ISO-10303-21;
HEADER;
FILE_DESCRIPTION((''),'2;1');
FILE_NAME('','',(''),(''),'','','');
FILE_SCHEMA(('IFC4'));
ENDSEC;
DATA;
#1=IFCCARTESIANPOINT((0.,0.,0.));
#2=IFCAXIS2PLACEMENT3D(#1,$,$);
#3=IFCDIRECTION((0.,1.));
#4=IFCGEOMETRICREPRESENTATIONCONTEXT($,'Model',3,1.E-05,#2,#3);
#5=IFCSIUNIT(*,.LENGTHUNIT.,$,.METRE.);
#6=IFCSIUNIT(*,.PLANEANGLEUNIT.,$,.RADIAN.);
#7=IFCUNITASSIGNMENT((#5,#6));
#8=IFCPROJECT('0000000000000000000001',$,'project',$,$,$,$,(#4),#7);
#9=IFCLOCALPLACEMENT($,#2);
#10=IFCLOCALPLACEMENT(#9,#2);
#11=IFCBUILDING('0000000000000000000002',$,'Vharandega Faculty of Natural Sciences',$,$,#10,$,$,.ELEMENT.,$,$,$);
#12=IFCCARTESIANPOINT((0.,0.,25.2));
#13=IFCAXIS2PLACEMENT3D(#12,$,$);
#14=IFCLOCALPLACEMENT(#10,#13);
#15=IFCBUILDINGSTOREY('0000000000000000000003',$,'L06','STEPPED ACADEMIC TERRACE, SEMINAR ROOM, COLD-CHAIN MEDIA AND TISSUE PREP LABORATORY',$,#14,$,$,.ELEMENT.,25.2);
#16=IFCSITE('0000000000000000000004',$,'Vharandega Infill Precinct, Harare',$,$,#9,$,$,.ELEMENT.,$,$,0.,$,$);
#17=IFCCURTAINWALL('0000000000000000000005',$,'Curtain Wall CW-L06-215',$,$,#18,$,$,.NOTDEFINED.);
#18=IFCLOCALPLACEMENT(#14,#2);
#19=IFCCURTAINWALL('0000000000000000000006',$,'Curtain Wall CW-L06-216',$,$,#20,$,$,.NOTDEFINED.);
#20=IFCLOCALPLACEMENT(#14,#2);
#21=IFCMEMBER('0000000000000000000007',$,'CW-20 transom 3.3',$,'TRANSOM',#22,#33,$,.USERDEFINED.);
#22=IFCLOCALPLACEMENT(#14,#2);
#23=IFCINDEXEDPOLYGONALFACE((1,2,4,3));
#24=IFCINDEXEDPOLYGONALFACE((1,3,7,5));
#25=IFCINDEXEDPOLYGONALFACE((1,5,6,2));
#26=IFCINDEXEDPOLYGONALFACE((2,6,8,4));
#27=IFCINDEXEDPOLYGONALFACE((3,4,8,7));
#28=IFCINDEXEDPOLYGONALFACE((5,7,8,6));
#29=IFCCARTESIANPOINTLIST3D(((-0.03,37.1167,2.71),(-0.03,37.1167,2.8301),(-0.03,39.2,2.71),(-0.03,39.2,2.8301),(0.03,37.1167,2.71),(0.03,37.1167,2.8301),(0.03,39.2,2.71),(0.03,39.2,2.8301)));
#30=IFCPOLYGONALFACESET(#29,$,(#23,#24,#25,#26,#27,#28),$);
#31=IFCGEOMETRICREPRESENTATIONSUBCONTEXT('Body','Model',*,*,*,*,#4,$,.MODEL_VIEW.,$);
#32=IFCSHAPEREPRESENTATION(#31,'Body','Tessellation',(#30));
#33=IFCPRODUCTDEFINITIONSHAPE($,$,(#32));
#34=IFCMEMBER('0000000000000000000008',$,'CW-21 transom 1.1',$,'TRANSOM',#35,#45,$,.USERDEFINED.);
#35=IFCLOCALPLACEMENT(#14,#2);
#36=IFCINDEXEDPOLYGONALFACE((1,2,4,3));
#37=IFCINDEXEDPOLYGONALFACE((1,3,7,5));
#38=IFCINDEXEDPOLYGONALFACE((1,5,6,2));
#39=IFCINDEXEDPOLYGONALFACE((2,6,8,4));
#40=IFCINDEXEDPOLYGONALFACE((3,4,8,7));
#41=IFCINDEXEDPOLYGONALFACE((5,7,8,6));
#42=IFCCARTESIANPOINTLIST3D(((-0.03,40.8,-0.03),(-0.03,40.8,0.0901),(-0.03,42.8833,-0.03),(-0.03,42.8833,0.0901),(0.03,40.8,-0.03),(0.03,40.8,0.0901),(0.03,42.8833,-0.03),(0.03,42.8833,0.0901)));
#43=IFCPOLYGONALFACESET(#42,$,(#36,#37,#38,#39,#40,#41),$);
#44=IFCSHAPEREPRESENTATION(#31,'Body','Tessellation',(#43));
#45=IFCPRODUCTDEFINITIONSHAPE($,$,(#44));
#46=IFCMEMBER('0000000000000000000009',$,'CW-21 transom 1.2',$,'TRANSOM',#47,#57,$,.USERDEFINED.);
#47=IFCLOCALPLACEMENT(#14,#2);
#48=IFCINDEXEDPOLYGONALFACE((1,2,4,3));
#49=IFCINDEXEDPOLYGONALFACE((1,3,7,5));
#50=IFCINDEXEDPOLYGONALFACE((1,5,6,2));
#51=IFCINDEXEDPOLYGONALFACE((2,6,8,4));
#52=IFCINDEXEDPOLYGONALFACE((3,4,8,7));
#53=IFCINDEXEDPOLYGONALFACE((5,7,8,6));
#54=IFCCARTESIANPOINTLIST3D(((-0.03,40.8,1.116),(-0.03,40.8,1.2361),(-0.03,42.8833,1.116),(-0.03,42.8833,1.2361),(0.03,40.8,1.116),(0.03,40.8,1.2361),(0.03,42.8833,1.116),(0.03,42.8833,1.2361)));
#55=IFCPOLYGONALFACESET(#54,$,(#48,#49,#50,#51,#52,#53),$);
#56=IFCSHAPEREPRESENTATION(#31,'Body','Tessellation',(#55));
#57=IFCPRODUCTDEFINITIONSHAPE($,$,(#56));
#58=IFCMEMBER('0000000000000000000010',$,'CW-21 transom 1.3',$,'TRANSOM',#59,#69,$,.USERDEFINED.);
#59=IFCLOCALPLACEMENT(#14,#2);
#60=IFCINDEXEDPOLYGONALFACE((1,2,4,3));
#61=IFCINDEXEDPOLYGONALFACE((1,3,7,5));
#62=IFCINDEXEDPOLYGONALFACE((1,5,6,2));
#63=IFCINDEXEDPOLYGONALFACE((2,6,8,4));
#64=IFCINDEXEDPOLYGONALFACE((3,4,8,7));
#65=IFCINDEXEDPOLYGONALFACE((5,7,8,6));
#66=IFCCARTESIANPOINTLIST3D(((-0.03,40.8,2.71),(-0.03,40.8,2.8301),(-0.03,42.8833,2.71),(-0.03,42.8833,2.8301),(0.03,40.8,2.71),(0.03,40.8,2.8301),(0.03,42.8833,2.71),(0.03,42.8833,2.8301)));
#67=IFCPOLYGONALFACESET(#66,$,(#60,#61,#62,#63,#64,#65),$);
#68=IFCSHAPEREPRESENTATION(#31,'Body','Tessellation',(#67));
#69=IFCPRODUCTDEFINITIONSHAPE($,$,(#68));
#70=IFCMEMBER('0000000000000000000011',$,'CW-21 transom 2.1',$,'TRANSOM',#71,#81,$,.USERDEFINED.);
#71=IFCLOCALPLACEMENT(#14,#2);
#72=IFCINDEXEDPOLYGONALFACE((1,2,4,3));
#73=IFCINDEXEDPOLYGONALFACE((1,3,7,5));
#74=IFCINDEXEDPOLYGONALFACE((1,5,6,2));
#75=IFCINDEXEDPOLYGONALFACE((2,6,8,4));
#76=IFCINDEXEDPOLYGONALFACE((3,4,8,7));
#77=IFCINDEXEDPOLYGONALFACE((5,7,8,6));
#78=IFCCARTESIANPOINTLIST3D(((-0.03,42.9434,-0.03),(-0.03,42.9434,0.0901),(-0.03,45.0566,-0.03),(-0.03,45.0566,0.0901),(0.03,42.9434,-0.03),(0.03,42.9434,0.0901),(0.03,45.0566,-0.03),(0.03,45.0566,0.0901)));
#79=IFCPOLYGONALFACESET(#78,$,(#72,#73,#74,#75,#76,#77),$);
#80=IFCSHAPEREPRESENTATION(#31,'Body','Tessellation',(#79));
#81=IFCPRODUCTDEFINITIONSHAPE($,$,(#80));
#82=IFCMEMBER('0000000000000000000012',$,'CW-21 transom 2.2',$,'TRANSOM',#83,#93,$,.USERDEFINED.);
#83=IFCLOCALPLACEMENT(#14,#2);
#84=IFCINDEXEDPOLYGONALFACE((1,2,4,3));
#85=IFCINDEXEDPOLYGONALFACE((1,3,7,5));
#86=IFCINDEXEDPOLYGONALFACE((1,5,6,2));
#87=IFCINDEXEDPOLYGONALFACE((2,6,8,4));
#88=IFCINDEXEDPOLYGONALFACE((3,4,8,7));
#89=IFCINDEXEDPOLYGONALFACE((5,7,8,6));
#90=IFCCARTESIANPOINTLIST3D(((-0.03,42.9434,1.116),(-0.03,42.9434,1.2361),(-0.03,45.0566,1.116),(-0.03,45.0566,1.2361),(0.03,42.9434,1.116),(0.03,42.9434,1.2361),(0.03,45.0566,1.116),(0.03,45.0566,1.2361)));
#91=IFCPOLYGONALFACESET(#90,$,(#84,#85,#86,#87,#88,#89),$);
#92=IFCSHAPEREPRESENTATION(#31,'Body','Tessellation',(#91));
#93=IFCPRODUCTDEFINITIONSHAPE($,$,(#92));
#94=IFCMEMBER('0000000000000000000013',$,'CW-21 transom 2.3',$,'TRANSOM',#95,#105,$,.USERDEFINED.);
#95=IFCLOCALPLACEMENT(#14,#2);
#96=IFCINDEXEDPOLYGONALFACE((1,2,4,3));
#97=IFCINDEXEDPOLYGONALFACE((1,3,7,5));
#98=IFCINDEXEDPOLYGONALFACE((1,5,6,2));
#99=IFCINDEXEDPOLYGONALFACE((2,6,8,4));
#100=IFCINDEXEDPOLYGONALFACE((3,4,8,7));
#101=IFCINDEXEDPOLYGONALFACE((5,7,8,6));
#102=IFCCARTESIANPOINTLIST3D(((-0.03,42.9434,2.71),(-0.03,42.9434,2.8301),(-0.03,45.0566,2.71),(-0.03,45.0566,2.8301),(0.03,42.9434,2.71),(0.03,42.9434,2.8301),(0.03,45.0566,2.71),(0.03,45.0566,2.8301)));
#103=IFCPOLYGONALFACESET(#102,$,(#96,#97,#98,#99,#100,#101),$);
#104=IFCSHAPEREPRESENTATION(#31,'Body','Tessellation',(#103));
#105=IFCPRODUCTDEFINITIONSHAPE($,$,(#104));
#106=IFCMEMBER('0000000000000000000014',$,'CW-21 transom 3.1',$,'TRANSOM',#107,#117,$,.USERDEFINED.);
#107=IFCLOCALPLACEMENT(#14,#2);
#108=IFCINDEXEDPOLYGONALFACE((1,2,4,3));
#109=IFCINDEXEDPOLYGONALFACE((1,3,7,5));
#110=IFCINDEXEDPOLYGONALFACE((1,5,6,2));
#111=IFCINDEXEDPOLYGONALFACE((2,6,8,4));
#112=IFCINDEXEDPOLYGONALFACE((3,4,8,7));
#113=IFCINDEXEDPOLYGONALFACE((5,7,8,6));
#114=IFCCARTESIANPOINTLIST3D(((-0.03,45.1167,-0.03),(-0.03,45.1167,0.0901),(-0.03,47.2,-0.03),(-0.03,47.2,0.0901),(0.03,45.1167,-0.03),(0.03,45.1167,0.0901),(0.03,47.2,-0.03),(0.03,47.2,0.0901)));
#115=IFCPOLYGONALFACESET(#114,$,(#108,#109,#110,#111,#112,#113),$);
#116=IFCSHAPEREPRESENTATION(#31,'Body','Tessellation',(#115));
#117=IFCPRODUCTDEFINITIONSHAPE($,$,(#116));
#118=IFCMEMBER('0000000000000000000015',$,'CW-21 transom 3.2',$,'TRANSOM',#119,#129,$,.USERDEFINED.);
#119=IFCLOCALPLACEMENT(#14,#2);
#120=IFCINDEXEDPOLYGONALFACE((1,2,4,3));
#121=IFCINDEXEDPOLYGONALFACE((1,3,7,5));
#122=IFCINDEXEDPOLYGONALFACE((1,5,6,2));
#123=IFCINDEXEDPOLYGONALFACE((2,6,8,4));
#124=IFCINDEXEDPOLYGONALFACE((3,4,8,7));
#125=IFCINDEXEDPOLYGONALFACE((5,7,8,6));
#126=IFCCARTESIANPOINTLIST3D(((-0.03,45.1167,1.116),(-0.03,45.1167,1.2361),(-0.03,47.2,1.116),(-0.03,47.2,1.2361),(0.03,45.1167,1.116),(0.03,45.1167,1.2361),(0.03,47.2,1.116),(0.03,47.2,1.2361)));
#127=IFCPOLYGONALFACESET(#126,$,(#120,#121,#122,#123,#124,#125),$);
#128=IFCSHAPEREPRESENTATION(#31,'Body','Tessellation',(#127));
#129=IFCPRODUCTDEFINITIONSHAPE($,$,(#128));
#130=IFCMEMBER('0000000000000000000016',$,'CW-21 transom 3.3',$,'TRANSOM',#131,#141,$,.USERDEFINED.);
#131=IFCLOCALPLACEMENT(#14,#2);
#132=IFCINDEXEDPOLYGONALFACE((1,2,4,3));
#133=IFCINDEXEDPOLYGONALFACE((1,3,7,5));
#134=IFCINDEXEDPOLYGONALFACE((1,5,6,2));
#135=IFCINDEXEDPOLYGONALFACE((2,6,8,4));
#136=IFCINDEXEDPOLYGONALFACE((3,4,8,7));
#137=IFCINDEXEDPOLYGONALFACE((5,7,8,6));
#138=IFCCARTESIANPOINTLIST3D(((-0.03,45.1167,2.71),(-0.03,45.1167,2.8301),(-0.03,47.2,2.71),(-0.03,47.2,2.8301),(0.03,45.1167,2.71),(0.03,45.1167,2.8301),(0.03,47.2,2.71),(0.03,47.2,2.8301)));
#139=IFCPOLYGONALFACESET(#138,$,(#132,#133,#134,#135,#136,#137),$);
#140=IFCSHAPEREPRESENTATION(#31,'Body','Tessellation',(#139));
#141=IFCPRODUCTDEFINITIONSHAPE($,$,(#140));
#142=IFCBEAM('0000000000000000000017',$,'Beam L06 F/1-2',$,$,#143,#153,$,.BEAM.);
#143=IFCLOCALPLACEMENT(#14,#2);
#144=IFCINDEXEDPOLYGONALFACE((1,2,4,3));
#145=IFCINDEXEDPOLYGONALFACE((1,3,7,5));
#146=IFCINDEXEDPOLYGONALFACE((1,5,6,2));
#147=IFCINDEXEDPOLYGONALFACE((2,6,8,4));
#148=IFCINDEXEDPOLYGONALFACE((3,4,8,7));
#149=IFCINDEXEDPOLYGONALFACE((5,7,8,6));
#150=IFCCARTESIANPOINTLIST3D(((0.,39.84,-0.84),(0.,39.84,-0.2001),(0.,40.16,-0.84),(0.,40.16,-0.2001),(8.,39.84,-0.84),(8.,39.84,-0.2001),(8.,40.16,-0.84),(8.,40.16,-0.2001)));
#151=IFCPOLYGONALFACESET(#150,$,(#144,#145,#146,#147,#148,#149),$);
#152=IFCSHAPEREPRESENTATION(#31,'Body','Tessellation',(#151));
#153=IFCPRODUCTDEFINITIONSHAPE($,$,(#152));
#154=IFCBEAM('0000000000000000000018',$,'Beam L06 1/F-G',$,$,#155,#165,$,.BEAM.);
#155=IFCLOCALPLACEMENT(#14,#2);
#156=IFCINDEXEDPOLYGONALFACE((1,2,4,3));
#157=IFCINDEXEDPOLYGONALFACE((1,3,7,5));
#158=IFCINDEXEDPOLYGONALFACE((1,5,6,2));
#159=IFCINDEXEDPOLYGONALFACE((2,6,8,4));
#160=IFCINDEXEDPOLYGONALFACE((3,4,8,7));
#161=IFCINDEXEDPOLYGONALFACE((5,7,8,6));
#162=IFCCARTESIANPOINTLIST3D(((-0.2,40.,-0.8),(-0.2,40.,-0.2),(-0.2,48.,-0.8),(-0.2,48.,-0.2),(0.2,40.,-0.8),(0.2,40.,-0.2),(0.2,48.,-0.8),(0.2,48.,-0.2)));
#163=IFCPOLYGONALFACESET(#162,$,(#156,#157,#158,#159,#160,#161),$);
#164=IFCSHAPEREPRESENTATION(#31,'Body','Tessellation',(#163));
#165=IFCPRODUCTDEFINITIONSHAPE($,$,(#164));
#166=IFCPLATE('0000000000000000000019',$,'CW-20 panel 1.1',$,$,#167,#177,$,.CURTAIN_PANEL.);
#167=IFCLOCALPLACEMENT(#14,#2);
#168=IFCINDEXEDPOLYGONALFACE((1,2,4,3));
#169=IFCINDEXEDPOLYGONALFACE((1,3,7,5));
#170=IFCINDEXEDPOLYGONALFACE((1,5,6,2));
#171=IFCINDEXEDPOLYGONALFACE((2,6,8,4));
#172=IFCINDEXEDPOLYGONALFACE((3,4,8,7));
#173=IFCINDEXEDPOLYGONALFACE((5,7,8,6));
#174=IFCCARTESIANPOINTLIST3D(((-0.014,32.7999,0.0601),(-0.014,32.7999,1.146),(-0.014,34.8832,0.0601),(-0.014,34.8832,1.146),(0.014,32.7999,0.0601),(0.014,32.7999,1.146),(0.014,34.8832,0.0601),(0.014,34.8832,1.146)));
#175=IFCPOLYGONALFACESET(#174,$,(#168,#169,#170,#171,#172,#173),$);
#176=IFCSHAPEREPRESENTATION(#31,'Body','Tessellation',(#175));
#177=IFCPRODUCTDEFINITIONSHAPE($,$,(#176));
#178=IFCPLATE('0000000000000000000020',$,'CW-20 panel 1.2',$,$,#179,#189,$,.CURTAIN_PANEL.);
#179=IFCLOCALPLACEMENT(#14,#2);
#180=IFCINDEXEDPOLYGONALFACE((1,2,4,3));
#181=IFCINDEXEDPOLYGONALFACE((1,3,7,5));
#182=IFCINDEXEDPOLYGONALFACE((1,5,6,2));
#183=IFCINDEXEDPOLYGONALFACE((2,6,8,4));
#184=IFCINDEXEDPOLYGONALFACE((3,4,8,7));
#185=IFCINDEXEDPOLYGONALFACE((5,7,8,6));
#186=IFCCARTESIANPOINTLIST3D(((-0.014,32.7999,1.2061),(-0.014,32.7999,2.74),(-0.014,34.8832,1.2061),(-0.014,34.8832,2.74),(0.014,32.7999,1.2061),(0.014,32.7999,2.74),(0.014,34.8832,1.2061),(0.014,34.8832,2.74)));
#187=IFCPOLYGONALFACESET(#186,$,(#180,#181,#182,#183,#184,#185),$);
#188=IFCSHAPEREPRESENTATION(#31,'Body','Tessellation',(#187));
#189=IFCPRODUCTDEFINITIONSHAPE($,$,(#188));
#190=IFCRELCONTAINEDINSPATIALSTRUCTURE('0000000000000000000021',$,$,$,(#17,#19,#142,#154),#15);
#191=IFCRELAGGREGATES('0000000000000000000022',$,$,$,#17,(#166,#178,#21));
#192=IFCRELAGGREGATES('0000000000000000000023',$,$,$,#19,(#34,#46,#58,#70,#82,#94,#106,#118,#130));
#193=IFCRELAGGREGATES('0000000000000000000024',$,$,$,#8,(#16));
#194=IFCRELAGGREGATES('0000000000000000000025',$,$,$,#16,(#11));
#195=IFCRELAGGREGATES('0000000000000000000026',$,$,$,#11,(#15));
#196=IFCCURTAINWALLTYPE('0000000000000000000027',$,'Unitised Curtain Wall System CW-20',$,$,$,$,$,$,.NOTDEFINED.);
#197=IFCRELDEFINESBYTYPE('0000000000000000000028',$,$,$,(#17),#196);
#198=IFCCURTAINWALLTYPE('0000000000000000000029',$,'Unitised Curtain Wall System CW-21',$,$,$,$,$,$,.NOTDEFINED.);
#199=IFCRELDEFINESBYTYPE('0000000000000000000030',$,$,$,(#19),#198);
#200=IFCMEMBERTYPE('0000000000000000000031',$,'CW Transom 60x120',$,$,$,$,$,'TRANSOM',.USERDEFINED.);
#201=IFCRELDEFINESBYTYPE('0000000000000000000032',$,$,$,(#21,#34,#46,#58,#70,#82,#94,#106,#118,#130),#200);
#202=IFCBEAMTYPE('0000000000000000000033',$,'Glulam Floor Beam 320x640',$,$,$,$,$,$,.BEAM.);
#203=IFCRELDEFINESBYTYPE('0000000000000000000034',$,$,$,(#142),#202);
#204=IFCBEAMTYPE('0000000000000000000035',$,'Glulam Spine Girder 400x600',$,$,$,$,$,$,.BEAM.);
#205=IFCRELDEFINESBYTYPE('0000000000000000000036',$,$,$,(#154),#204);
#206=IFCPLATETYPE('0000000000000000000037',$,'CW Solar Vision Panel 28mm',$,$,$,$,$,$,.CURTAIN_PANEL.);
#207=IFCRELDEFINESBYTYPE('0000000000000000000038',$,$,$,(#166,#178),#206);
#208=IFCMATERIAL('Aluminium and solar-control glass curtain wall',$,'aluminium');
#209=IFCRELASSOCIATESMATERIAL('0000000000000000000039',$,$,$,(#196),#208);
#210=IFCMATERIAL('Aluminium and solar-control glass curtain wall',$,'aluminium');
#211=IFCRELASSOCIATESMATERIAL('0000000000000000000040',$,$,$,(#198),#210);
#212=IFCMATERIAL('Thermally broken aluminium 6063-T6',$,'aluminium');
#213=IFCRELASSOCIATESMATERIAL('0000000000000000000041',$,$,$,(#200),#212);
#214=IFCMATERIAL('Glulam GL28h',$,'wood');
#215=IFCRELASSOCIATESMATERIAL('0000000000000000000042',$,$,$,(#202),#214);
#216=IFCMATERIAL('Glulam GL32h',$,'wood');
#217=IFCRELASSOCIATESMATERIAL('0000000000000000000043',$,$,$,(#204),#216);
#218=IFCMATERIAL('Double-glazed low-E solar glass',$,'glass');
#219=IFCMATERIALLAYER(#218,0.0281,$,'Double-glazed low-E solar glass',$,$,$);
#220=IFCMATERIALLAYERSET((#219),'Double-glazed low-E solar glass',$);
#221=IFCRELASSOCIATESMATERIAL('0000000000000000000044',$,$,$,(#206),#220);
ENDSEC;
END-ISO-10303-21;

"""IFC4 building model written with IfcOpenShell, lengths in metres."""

from ifc_helpers import new_model, si_unit, direction, frame, origin, origin_2d, place, context, subcontext, project, spatial, rectangle, extrude, material, layer, layer_set, material_profile, profile_set, type_object, element, aggregate, save


model = new_model("IFC4")

# Units and contexts
model_context = context("Model", 3, precision=1e-05, world=origin(), true_north=direction((0.0, 1.0)))
body_context = subcontext(model_context, "Body", "Model", "MODEL_VIEW")
ifc_project = project(units=[si_unit("LENGTHUNIT", "METRE"), si_unit("PLANEANGLEUNIT", "RADIAN")], contexts=[model_context])

# Site, building, storey
site_placement = place(None, origin())
site = spatial("IfcSite", under=ifc_project, at=site_placement, Name="Vharandega Infill Precinct, Harare", CompositionType="ELEMENT", RefElevation=0.0)
building_placement = place(site_placement, origin())
building = spatial("IfcBuilding", under=site, at=building_placement, Name="Vharandega Faculty of Natural Sciences", CompositionType="ELEMENT")
storey_placement = place(building_placement, frame((0.0, 0.0, 25.2)))
storey = spatial("IfcBuildingStorey", under=building, at=storey_placement, Name="L06", Description="STEPPED ACADEMIC TERRACE, SEMINAR ROOM, COLD-CHAIN MEDIA AND TISSUE PREP LABORATORY", CompositionType="ELEMENT", Elevation=25.2)

# Curtain walls
ifc_material_1 = material(Name="Aluminium and solar-control glass curtain wall", Category="aluminium")
curtain_wall_type_1 = type_object("IfcCurtainWallType", Name="Unitised Curtain Wall System CW-20", PredefinedType="NOTDEFINED", material=ifc_material_1)
curtain_wall_1_placement = place(storey_placement, origin())
curtain_wall_1 = element("IfcCurtainWall", 1, at=curtain_wall_1_placement, inside=storey, type_object=curtain_wall_type_1, Name="Curtain Wall CW-L06-215", PredefinedType="NOTDEFINED")
ifc_material_2 = material(Name="Aluminium and solar-control glass curtain wall", Category="aluminium")
curtain_wall_type_2 = type_object("IfcCurtainWallType", Name="Unitised Curtain Wall System CW-21", PredefinedType="NOTDEFINED", material=ifc_material_2)
curtain_wall_2_placement = place(storey_placement, origin())
curtain_wall_2 = element("IfcCurtainWall", 2, at=curtain_wall_2_placement, inside=storey, type_object=curtain_wall_type_2, Name="Curtain Wall CW-L06-216", PredefinedType="NOTDEFINED")

# Members
ifc_material_3 = material(Name="Thermally broken aluminium 6063-T6", Category="aluminium")
ifc_material_profile_1 = material_profile(ifc_material_3, rectangle(XDim=0.0601, YDim=0.1201, at=origin_2d()), Name="ALU 60x120")
ifc_profile_set_1 = profile_set([ifc_material_profile_1], Name="Thermally broken aluminium 6063-T6")
member_type_1 = type_object("IfcMemberType", Name="CW Transom 60x120", ElementType="TRANSOM", PredefinedType="USERDEFINED", material=ifc_profile_set_1)
member_1_placement = place(storey_placement, frame((0.0, 37.1167, 2.77), z_axis=(0.0, 1.0, 0.0), x_axis=(-1.0, 0.0, 0.0)))
member_1 = element("IfcMember", 3, at=member_1_placement, type_object=member_type_1, Name="CW-20 transom 3.3", ObjectType="TRANSOM", PredefinedType="USERDEFINED", context=body_context, shape_type="SweptSolid", body=[
    extrude(rectangle(XDim=0.0601, YDim=0.1201, at=origin_2d()), origin(), (0.0, 0.0, 1.0), 2.0833),
])
member_2_placement = place(storey_placement, frame((0.0, 40.8, 0.03), z_axis=(0.0, 1.0, 0.0), x_axis=(-1.0, 0.0, 0.0)))
member_2 = element("IfcMember", 4, at=member_2_placement, type_object=member_type_1, Name="CW-21 transom 1.1", ObjectType="TRANSOM", PredefinedType="USERDEFINED", context=body_context, shape_type="SweptSolid", body=[
    extrude(rectangle(XDim=0.0601, YDim=0.1201, at=origin_2d()), origin(), (0.0, 0.0, 1.0), 2.0833),
])
member_3_placement = place(storey_placement, frame((0.0, 40.8, 1.176), z_axis=(0.0, 1.0, 0.0), x_axis=(-1.0, 0.0, 0.0)))
member_3 = element("IfcMember", 5, at=member_3_placement, type_object=member_type_1, Name="CW-21 transom 1.2", ObjectType="TRANSOM", PredefinedType="USERDEFINED", context=body_context, shape_type="SweptSolid", body=[
    extrude(rectangle(XDim=0.0601, YDim=0.1201, at=origin_2d()), origin(), (0.0, 0.0, 1.0), 2.0833),
])
member_4_placement = place(storey_placement, frame((0.0, 40.8, 2.77), z_axis=(0.0, 1.0, 0.0), x_axis=(-1.0, 0.0, 0.0)))
member_4 = element("IfcMember", 6, at=member_4_placement, type_object=member_type_1, Name="CW-21 transom 1.3", ObjectType="TRANSOM", PredefinedType="USERDEFINED", context=body_context, shape_type="SweptSolid", body=[
    extrude(rectangle(XDim=0.0601, YDim=0.1201, at=origin_2d()), origin(), (0.0, 0.0, 1.0), 2.0833),
])
member_5_placement = place(storey_placement, frame((0.0, 42.9434, 0.03), z_axis=(0.0, 1.0, 0.0), x_axis=(-1.0, 0.0, 0.0)))
member_5 = element("IfcMember", 7, at=member_5_placement, type_object=member_type_1, Name="CW-21 transom 2.1", ObjectType="TRANSOM", PredefinedType="USERDEFINED", context=body_context, shape_type="SweptSolid", body=[
    extrude(rectangle(XDim=0.0601, YDim=0.1201, at=origin_2d()), origin(), (0.0, 0.0, 1.0), 2.1133),
])
member_6_placement = place(storey_placement, frame((0.0, 42.9434, 1.176), z_axis=(0.0, 1.0, 0.0), x_axis=(-1.0, 0.0, 0.0)))
member_6 = element("IfcMember", 8, at=member_6_placement, type_object=member_type_1, Name="CW-21 transom 2.2", ObjectType="TRANSOM", PredefinedType="USERDEFINED", context=body_context, shape_type="SweptSolid", body=[
    extrude(rectangle(XDim=0.0601, YDim=0.1201, at=origin_2d()), origin(), (0.0, 0.0, 1.0), 2.1133),
])
member_7_placement = place(storey_placement, frame((0.0, 42.9434, 2.77), z_axis=(0.0, 1.0, 0.0), x_axis=(-1.0, 0.0, 0.0)))
member_7 = element("IfcMember", 9, at=member_7_placement, type_object=member_type_1, Name="CW-21 transom 2.3", ObjectType="TRANSOM", PredefinedType="USERDEFINED", context=body_context, shape_type="SweptSolid", body=[
    extrude(rectangle(XDim=0.0601, YDim=0.1201, at=origin_2d()), origin(), (0.0, 0.0, 1.0), 2.1133),
])
member_8_placement = place(storey_placement, frame((0.0, 45.1167, 0.03), z_axis=(0.0, 1.0, 0.0), x_axis=(-1.0, 0.0, 0.0)))
member_8 = element("IfcMember", 10, at=member_8_placement, type_object=member_type_1, Name="CW-21 transom 3.1", ObjectType="TRANSOM", PredefinedType="USERDEFINED", context=body_context, shape_type="SweptSolid", body=[
    extrude(rectangle(XDim=0.0601, YDim=0.1201, at=origin_2d()), origin(), (0.0, 0.0, 1.0), 2.0833),
])
member_9_placement = place(storey_placement, frame((0.0, 45.1167, 1.176), z_axis=(0.0, 1.0, 0.0), x_axis=(-1.0, 0.0, 0.0)))
member_9 = element("IfcMember", 11, at=member_9_placement, type_object=member_type_1, Name="CW-21 transom 3.2", ObjectType="TRANSOM", PredefinedType="USERDEFINED", context=body_context, shape_type="SweptSolid", body=[
    extrude(rectangle(XDim=0.0601, YDim=0.1201, at=origin_2d()), origin(), (0.0, 0.0, 1.0), 2.0833),
])
member_10_placement = place(storey_placement, frame((0.0, 45.1167, 2.77), z_axis=(0.0, 1.0, 0.0), x_axis=(-1.0, 0.0, 0.0)))
member_10 = element("IfcMember", 12, at=member_10_placement, type_object=member_type_1, Name="CW-21 transom 3.3", ObjectType="TRANSOM", PredefinedType="USERDEFINED", context=body_context, shape_type="SweptSolid", body=[
    extrude(rectangle(XDim=0.0601, YDim=0.1201, at=origin_2d()), origin(), (0.0, 0.0, 1.0), 2.0833),
])

# Beams
ifc_material_4 = material(Name="Glulam GL28h", Category="wood")
ifc_material_profile_2 = material_profile(ifc_material_4, rectangle(XDim=0.3201, YDim=0.6399, at=origin_2d()), Name="GL28h 320x640")
ifc_profile_set_2 = profile_set([ifc_material_profile_2], Name="Glulam GL28h")
beam_type_1 = type_object("IfcBeamType", Name="Glulam Floor Beam 320x640", PredefinedType="BEAM", material=ifc_profile_set_2)
beam_1_placement = place(storey_placement, frame((0.0, 40.0, -0.52), z_axis=(1.0, 0.0, 0.0), x_axis=(0.0, 1.0, 0.0)))
element("IfcBeam", 13, at=beam_1_placement, inside=storey, type_object=beam_type_1, Name="Beam L06 F/1-2", PredefinedType="BEAM", context=body_context, shape_type="SweptSolid", body=[
    extrude(rectangle(XDim=0.3201, YDim=0.6399, at=origin_2d()), origin(), (0.0, 0.0, 1.0), 8.0),
])
ifc_material_5 = material(Name="Glulam GL32h", Category="wood")
ifc_material_profile_3 = material_profile(ifc_material_5, rectangle(XDim=0.3999, YDim=0.6001, at=origin_2d()), Name="GL32h 400x600")
ifc_profile_set_3 = profile_set([ifc_material_profile_3], Name="Glulam GL32h")
beam_type_2 = type_object("IfcBeamType", Name="Glulam Spine Girder 400x600", PredefinedType="BEAM", material=ifc_profile_set_3)
beam_2_placement = place(storey_placement, frame((0.0, 40.0, -0.5), z_axis=(0.0, 1.0, 0.0), x_axis=(-1.0, 0.0, 0.0)))
element("IfcBeam", 14, at=beam_2_placement, inside=storey, type_object=beam_type_2, Name="Beam L06 1/F-G", PredefinedType="BEAM", context=body_context, shape_type="SweptSolid", body=[
    extrude(rectangle(XDim=0.3999, YDim=0.6001, at=origin_2d()), origin(), (0.0, 0.0, 1.0), 8.0),
])

# Plates
ifc_material_6 = material(Name="Double-glazed low-E solar glass", Category="glass")
ifc_layer = layer(ifc_material_6, 0.0281, Name="Double-glazed low-E solar glass")
ifc_layer_set = layer_set([ifc_layer], Name="Double-glazed low-E solar glass")
plate_type = type_object("IfcPlateType", Name="CW Solar Vision Panel 28mm", PredefinedType="CURTAIN_PANEL", material=ifc_layer_set)
plate_1_placement = place(storey_placement, frame((0.0, 33.8416, 0.0601), z_axis=(0.0, 0.0, 1.0), x_axis=(0.0, 1.0, 0.0)))
plate_1 = element("IfcPlate", 15, at=plate_1_placement, type_object=plate_type, Name="CW-20 panel 1.1", PredefinedType="CURTAIN_PANEL", context=body_context, shape_type="SweptSolid", body=[
    extrude(rectangle(XDim=2.0833, YDim=0.0281, at=origin_2d()), origin(), (0.0, 0.0, 1.0), 1.0859),
])
plate_2_placement = place(storey_placement, frame((0.0, 33.8416, 1.2061), z_axis=(0.0, 0.0, 1.0), x_axis=(0.0, 1.0, 0.0)))
plate_2 = element("IfcPlate", 16, at=plate_2_placement, type_object=plate_type, Name="CW-20 panel 1.2", PredefinedType="CURTAIN_PANEL", context=body_context, shape_type="SweptSolid", body=[
    extrude(rectangle(XDim=2.0833, YDim=0.0281, at=origin_2d()), origin(), (0.0, 0.0, 1.0), 1.5339),
])
aggregate(curtain_wall_1, [plate_1, plate_2, member_1])
aggregate(curtain_wall_2, [member_2, member_3, member_4, member_5, member_6, member_7, member_8, member_9, member_10])

save(model, "model.ifc")
